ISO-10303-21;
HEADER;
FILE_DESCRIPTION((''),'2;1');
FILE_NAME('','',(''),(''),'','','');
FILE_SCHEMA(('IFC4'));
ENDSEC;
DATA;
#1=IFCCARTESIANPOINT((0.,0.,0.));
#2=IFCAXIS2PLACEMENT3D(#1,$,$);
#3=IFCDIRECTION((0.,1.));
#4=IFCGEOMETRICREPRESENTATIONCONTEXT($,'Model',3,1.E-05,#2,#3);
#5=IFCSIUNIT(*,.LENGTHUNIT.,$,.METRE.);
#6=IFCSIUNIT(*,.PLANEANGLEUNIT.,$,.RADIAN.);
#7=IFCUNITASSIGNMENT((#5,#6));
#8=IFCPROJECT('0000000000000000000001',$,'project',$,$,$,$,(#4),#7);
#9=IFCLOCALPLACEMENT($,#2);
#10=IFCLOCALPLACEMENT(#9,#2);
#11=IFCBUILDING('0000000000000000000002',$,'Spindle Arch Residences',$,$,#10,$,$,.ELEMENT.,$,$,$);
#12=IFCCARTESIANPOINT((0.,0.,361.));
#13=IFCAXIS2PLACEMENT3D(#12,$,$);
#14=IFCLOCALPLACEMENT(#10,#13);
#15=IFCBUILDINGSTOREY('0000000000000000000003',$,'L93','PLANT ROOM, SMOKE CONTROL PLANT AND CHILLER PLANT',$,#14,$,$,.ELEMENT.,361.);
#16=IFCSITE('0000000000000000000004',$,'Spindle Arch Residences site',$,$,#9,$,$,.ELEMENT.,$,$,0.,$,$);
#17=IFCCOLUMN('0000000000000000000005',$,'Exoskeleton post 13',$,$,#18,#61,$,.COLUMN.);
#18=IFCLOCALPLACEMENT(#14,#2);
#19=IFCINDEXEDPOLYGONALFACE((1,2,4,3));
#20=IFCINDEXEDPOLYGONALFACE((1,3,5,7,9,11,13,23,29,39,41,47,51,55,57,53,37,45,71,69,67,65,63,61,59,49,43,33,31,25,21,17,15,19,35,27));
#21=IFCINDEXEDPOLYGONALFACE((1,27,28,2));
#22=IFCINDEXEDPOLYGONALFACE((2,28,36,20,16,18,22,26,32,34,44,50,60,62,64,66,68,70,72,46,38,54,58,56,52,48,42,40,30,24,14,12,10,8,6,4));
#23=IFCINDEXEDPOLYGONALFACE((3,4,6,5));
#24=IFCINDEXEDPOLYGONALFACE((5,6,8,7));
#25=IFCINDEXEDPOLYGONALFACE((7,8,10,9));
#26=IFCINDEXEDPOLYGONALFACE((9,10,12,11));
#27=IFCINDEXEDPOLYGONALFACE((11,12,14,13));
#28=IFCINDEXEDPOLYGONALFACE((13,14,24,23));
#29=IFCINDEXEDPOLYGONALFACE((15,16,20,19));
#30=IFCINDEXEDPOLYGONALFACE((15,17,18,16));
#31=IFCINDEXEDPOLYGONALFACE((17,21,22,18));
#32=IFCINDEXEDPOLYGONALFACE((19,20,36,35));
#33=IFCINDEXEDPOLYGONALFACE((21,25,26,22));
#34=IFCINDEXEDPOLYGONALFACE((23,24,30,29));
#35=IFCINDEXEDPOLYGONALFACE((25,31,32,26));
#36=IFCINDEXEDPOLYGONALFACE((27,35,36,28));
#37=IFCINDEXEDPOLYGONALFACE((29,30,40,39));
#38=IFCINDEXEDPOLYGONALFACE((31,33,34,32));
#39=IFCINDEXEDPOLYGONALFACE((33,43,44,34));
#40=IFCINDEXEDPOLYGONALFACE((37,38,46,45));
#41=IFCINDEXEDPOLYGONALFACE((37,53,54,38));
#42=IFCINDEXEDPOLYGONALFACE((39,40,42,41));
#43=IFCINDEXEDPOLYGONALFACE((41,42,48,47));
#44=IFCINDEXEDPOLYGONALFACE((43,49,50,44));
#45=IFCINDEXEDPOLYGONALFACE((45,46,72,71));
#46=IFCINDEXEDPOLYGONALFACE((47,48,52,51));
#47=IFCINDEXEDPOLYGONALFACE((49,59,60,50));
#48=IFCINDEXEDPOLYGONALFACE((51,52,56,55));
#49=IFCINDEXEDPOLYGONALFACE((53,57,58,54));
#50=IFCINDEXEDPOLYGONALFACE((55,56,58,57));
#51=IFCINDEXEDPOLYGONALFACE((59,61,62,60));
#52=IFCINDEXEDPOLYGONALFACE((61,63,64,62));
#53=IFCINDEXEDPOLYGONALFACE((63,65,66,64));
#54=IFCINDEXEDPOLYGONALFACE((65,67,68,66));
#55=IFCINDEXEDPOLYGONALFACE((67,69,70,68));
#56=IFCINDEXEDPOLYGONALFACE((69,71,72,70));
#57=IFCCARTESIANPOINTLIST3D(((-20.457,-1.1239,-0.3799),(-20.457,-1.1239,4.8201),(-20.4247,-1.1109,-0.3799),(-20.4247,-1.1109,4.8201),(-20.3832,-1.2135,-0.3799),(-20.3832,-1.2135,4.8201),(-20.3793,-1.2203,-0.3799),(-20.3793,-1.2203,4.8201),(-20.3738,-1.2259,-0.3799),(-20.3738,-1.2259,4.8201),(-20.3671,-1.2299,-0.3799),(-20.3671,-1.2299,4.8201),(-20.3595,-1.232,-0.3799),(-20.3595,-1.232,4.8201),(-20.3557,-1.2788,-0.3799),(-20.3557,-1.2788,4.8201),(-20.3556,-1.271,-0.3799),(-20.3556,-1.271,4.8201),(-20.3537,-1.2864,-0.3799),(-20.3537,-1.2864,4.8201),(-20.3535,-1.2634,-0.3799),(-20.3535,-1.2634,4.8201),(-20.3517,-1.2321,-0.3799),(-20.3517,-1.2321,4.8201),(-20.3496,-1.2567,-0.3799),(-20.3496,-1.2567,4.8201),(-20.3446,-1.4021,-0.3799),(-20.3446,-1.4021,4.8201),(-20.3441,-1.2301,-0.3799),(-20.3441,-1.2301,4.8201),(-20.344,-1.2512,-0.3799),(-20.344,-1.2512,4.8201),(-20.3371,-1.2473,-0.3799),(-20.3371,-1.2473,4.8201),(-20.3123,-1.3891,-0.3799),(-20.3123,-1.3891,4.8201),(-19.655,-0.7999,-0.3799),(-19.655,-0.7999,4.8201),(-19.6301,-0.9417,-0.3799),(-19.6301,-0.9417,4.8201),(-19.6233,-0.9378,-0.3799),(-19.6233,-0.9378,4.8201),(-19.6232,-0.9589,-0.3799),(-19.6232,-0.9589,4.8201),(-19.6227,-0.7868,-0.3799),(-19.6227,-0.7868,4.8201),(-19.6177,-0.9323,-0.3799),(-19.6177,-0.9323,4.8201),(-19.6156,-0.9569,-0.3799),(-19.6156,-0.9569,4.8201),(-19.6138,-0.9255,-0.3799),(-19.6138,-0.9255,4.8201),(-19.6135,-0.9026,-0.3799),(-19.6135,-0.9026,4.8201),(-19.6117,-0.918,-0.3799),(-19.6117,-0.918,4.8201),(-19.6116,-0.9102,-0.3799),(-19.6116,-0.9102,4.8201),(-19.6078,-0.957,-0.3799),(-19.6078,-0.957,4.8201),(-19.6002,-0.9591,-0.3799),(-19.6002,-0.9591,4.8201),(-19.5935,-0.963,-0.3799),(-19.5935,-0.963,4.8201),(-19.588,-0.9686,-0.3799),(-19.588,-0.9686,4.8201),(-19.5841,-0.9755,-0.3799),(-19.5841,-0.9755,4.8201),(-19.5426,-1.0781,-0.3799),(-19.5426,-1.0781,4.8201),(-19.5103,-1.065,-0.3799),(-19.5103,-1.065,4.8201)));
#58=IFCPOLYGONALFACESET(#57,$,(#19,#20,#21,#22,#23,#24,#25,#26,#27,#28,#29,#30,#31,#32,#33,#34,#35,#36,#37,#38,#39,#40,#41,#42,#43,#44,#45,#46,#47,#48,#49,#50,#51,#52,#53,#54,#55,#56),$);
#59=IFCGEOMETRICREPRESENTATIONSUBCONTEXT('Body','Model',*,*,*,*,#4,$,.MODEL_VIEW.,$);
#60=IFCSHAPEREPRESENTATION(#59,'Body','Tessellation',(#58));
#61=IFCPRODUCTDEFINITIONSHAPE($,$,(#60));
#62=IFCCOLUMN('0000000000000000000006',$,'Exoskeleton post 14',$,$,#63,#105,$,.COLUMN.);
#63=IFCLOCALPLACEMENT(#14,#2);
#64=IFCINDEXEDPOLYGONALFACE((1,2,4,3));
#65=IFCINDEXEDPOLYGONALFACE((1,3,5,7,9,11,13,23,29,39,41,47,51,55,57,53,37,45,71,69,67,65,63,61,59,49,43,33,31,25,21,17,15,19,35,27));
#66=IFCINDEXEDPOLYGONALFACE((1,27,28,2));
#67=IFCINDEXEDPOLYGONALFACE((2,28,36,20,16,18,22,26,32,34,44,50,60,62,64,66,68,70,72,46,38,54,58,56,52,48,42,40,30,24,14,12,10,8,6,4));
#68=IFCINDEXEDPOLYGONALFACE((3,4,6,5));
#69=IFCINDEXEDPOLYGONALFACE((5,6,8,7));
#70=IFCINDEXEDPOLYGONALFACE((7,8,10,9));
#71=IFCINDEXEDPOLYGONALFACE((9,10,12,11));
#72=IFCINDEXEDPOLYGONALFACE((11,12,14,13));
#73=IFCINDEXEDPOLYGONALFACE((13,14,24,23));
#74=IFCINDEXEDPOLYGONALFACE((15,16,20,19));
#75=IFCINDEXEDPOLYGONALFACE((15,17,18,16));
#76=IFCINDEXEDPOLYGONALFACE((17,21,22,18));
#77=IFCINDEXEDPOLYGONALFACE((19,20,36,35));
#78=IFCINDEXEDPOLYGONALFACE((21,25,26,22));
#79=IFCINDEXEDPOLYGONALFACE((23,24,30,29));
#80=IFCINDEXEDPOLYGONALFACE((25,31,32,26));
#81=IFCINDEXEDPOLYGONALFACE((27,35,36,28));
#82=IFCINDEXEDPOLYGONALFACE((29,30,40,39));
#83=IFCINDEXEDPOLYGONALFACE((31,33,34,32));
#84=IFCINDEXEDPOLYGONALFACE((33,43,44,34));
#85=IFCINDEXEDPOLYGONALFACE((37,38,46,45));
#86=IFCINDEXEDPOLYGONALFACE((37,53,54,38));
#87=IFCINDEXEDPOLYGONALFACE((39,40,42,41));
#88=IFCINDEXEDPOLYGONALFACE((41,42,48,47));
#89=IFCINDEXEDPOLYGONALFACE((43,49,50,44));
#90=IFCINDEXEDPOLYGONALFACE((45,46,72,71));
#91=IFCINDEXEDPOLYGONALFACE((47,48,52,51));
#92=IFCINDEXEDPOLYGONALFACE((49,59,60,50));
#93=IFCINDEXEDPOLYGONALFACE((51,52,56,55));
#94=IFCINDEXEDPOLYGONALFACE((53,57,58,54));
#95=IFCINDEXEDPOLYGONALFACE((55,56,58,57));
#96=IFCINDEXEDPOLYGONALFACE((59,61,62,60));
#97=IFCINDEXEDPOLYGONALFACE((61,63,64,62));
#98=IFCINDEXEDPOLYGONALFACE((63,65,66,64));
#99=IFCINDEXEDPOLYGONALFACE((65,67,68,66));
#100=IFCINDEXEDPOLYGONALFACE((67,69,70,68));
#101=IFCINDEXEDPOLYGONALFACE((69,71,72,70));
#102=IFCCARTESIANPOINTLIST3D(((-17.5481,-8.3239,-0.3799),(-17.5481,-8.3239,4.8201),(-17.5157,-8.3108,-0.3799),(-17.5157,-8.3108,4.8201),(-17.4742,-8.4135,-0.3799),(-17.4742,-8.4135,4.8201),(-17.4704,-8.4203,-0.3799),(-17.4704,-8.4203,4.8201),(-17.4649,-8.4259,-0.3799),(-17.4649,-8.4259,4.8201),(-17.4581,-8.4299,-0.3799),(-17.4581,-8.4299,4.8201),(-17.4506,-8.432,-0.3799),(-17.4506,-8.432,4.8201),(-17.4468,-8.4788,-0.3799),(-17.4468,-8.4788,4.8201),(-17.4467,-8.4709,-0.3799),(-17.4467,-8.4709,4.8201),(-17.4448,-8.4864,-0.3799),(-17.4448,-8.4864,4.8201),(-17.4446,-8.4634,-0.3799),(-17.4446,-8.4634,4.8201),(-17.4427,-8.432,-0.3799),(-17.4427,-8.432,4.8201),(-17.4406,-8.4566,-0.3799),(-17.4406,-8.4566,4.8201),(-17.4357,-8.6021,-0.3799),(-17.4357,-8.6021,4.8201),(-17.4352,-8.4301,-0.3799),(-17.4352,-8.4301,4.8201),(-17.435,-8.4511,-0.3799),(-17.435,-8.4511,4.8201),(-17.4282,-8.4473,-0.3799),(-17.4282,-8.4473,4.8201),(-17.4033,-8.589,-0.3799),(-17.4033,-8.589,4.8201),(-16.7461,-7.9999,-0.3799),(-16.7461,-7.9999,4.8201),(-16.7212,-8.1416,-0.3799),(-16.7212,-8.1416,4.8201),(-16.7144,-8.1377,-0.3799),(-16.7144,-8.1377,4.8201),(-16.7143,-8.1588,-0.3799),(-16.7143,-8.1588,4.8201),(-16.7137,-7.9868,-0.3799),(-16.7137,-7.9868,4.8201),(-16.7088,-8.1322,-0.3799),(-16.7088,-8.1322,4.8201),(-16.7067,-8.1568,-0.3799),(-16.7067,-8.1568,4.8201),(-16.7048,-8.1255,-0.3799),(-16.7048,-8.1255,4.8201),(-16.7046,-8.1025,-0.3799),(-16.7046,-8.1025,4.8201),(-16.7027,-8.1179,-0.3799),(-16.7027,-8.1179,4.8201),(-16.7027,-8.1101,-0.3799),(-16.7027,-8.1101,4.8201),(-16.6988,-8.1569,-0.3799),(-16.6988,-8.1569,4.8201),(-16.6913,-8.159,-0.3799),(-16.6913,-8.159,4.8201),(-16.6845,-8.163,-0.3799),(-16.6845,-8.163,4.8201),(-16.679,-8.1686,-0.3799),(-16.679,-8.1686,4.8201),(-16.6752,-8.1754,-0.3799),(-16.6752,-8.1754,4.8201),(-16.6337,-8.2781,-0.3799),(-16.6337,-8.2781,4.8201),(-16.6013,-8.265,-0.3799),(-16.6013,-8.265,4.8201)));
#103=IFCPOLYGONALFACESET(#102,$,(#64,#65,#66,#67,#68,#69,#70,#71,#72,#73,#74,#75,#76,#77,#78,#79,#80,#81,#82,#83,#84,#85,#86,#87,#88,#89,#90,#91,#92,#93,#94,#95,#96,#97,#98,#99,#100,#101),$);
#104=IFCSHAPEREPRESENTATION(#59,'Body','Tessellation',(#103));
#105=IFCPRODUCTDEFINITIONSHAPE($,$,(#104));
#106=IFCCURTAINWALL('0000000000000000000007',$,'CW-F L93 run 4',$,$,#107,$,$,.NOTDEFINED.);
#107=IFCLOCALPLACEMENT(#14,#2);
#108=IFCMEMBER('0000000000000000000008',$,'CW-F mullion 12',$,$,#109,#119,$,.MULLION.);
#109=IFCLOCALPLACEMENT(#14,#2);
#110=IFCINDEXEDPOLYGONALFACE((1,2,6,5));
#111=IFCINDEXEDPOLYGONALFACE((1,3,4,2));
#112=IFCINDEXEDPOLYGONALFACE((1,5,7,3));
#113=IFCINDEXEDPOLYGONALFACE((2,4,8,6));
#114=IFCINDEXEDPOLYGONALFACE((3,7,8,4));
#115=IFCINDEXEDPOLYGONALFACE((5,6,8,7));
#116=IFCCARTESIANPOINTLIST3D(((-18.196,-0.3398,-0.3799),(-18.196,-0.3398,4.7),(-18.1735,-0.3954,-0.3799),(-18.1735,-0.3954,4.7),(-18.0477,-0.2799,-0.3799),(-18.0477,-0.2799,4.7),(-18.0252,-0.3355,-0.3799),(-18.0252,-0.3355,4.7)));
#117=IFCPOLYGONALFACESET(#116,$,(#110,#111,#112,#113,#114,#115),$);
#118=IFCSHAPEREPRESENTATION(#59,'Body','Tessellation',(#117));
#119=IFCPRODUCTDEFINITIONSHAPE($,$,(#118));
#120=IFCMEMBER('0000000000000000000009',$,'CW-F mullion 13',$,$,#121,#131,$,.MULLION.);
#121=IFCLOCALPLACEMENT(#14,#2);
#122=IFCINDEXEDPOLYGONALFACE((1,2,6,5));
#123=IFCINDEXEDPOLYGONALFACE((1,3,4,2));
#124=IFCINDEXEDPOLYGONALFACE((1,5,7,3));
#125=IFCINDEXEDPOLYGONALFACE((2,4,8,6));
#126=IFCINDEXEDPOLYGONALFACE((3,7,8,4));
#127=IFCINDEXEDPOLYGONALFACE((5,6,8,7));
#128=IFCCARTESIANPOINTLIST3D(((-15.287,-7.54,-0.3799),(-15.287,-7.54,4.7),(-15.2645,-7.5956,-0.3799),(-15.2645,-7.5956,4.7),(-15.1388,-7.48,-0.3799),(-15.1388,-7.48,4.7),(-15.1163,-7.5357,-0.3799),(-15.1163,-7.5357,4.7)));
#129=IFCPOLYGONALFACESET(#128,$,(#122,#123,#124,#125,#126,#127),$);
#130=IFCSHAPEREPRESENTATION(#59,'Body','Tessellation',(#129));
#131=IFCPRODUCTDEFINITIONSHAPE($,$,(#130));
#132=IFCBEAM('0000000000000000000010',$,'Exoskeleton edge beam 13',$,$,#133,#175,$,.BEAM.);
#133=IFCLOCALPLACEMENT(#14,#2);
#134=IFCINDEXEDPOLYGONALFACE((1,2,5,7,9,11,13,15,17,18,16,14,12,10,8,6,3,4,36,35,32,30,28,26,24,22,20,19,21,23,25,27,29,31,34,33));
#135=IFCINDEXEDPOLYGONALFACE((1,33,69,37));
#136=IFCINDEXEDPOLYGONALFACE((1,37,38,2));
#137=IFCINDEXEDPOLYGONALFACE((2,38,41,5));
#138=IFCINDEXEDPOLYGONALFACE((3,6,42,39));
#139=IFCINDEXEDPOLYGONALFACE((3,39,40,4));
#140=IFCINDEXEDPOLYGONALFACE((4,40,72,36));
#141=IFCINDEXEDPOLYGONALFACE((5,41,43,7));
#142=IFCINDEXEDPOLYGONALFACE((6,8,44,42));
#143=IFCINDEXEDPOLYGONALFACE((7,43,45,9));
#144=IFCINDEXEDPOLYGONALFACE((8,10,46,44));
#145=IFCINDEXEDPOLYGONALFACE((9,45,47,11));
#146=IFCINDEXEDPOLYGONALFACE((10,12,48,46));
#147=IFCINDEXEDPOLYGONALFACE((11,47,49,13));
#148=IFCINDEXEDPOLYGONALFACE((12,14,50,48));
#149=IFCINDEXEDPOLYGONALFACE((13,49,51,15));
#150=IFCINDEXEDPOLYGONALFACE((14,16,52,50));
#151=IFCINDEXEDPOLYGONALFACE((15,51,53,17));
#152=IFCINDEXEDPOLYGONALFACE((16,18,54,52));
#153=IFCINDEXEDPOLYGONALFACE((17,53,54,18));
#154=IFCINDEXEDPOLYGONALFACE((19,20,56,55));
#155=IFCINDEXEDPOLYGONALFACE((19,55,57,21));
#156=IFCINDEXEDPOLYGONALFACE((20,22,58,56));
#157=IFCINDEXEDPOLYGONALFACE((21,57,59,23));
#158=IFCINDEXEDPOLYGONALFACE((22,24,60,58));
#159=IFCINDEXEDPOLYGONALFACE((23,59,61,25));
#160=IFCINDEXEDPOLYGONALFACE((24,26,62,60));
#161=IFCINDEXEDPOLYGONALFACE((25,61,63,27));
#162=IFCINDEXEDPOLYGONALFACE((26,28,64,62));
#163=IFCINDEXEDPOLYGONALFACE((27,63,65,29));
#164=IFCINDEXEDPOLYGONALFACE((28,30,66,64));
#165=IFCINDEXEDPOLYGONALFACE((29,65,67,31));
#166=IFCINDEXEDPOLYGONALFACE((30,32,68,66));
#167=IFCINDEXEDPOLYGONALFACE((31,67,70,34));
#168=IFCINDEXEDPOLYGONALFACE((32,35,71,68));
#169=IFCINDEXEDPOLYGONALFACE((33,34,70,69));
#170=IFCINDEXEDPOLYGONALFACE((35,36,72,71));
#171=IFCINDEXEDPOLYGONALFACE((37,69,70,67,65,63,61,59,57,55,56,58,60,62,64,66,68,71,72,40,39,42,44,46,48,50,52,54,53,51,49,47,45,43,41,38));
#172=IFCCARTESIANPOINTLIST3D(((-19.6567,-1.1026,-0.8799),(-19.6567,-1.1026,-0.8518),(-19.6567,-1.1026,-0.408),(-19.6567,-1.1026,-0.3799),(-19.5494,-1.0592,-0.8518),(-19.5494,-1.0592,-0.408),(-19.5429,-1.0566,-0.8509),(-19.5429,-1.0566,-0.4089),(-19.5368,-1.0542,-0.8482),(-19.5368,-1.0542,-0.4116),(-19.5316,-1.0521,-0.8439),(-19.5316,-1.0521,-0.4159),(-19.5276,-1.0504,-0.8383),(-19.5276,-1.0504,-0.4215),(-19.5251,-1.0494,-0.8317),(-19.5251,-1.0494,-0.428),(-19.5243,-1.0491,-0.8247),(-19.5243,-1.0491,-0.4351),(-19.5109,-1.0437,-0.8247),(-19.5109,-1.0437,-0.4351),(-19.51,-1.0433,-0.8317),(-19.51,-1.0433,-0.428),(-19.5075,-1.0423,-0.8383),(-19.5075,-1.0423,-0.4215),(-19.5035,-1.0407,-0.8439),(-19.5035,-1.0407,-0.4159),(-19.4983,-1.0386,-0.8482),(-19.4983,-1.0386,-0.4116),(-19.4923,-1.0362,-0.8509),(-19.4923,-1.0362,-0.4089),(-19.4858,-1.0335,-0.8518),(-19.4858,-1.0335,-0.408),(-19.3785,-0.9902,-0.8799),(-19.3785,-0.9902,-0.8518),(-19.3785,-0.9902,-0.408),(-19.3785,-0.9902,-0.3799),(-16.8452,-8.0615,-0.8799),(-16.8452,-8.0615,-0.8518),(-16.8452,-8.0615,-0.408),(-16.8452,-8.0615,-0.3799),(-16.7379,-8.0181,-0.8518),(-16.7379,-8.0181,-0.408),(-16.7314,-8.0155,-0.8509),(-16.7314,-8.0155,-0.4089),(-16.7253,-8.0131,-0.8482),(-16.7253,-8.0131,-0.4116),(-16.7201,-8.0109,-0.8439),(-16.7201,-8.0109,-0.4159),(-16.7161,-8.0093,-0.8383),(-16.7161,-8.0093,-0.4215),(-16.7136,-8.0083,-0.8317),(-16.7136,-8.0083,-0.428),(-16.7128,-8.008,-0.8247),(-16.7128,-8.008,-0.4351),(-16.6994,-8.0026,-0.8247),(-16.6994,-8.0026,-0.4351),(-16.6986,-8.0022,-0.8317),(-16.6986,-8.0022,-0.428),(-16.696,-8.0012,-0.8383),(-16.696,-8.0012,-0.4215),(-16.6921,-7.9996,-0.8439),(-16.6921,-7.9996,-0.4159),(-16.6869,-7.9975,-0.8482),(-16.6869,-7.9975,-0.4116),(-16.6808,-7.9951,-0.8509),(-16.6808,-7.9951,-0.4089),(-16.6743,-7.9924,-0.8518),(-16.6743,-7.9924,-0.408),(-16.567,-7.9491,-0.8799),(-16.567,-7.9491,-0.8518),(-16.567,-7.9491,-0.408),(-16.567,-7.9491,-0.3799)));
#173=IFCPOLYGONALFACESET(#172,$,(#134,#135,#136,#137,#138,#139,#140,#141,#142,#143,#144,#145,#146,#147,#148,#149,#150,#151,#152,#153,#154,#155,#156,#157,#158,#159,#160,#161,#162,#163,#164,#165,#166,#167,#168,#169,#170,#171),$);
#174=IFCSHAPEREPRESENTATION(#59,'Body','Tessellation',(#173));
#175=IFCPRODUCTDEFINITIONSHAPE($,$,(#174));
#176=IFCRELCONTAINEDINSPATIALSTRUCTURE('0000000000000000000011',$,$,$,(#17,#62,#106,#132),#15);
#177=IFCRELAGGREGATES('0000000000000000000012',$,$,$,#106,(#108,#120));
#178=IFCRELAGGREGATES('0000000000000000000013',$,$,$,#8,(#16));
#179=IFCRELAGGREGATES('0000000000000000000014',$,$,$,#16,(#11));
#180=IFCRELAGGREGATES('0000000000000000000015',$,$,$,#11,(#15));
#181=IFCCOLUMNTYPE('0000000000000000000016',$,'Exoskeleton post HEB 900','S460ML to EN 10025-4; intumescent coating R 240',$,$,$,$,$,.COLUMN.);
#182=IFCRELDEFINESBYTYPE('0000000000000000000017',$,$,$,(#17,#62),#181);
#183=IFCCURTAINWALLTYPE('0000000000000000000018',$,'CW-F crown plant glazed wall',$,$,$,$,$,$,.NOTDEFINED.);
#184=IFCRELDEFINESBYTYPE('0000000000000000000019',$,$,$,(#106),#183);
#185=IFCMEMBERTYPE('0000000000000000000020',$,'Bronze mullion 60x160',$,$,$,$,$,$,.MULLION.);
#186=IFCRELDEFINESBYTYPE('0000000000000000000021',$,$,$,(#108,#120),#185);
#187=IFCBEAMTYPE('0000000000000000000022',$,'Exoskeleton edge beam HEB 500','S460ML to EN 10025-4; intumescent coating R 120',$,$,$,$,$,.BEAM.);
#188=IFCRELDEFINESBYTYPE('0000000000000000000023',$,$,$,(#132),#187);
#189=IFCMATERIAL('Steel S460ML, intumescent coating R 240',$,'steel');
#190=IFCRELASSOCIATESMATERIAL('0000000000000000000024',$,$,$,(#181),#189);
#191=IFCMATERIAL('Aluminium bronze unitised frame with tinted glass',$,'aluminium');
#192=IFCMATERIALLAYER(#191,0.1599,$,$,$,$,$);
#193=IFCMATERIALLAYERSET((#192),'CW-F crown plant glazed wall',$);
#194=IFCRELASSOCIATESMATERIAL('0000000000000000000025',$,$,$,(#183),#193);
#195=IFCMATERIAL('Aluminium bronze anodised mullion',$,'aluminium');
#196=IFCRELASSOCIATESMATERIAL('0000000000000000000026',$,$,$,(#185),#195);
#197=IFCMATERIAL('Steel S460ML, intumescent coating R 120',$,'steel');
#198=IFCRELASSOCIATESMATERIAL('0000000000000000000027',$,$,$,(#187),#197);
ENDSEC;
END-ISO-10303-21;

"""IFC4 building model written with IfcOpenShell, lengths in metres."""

from ifc_helpers import new_model, si_unit, direction, frame, origin, origin_2d, place, context, subcontext, project, spatial, rectangle, i_section, extrude, material, layer, layer_set, material_profile, profile_set, type_object, element, aggregate, save


model = new_model("IFC4")

# Units and contexts
model_context = context("Model", 3, precision=1e-05, world=origin(), true_north=direction((0.0, 1.0)))
body_context = subcontext(model_context, "Body", "Model", "MODEL_VIEW")
ifc_project = project(units=[si_unit("LENGTHUNIT", "METRE"), si_unit("PLANEANGLEUNIT", "RADIAN")], contexts=[model_context])

# Site, building, storey
site_placement = place(None, origin())
site = spatial("IfcSite", under=ifc_project, at=site_placement, Name="Spindle Arch Residences site", CompositionType="ELEMENT", RefElevation=0.0)
building_placement = place(site_placement, origin())
building = spatial("IfcBuilding", under=site, at=building_placement, Name="Spindle Arch Residences", CompositionType="ELEMENT")
storey_placement = place(building_placement, frame((0.0, 0.0, 361.0)))
storey = spatial("IfcBuildingStorey", under=building, at=storey_placement, Name="L93", Description="PLANT ROOM, SMOKE CONTROL PLANT AND CHILLER PLANT", CompositionType="ELEMENT", Elevation=361.0)

# Columns
ifc_material_1 = material(Name="Steel S460ML, intumescent coating R 240", Category="steel")
ifc_material_profile_1 = material_profile(ifc_material_1, i_section(OverallWidth=0.3, OverallDepth=0.8999, WebThickness=0.0186, FlangeThickness=0.0349, FilletRadius=0.03, at=origin_2d()), Name="HEB 900")
ifc_profile_set_1 = profile_set([ifc_material_profile_1], Name="Steel S460ML, intumescent coating R 240")
column_type = type_object("IfcColumnType", Name="Exoskeleton post HEB 900", Description="S460ML to EN 10025-4; intumescent coating R 240", PredefinedType="COLUMN", material=ifc_profile_set_1)
for number, where, z_axis, x_axis, name in (
    (1, (-19.9836, -1.0945, -0.3799), (0.0, 0.0, 1.0), (-0.374607, 0.927184, 0.0), "Exoskeleton post 13"),
    (2, (-17.0747, -8.2944, -0.3799), (0.0, 0.0, 1.0), (-0.374607, 0.927184, 0.0), "Exoskeleton post 14"),
):
    element("IfcColumn", number, at=place(storey_placement, frame(where, z_axis=z_axis, x_axis=x_axis)), inside=storey, type_object=column_type, Name=name, PredefinedType="COLUMN", context=body_context, shape_type="SweptSolid", body=[
        extrude(i_section(OverallWidth=0.3, OverallDepth=0.8999, WebThickness=0.0186, FlangeThickness=0.0349, FilletRadius=0.03, at=origin_2d()), origin(), (0.0, 0.0, 1.0), 5.2),
    ])

# Curtain wall, members
ifc_material_2 = material(Name="Aluminium bronze unitised frame with tinted glass", Category="aluminium")
ifc_layer_1 = layer(ifc_material_2, 0.1599)
ifc_layer_set_1 = layer_set([ifc_layer_1], Name="CW-F crown plant glazed wall")
curtain_wall_type = type_object("IfcCurtainWallType", Name="CW-F crown plant glazed wall", PredefinedType="NOTDEFINED", material=ifc_layer_set_1)
curtain_wall_placement = place(storey_placement, origin())
curtain_wall = element("IfcCurtainWall", 3, at=curtain_wall_placement, inside=storey, type_object=curtain_wall_type, Name="CW-F L93 run 4", PredefinedType="NOTDEFINED")
ifc_material_3 = material(Name="Aluminium bronze anodised mullion", Category="aluminium")
ifc_material_profile_2 = material_profile(ifc_material_3, rectangle(XDim=0.1599, YDim=0.0601, at=origin_2d()), Name="MU 60x160")
ifc_profile_set_2 = profile_set([ifc_material_profile_2], Name="Aluminium bronze anodised mullion")
member_type = type_object("IfcMemberType", Name="Bronze mullion 60x160", PredefinedType="MULLION", material=ifc_profile_set_2)
member_1_placement = place(storey_placement, frame((-18.1106, -0.3376, -0.3799), z_axis=(0.0, 0.0, 1.0), x_axis=(0.927184, 0.374607, 0.0)))
member_1 = element("IfcMember", 4, at=member_1_placement, type_object=member_type, Name="CW-F mullion 12", PredefinedType="MULLION", context=body_context, shape_type="SweptSolid", body=[
    extrude(rectangle(XDim=0.1599, YDim=0.0601, at=origin_2d()), origin(), (0.0, 0.0, 1.0), 5.0798),
])
member_2_placement = place(storey_placement, frame((-15.2017, -7.5378, -0.3799), z_axis=(0.0, 0.0, 1.0), x_axis=(0.927184, 0.374607, 0.0)))
member_2 = element("IfcMember", 5, at=member_2_placement, type_object=member_type, Name="CW-F mullion 13", PredefinedType="MULLION", context=body_context, shape_type="SweptSolid", body=[
    extrude(rectangle(XDim=0.1599, YDim=0.0601, at=origin_2d()), origin(), (0.0, 0.0, 1.0), 5.0798),
])

# Beam
ifc_material_4 = material(Name="Steel S460ML, intumescent coating R 120", Category="steel")
ifc_material_profile_3 = material_profile(ifc_material_4, i_section(OverallWidth=0.3, OverallDepth=0.5, WebThickness=0.0144, FlangeThickness=0.0281, FilletRadius=0.0271, at=origin_2d()), Name="HEB 500")
ifc_profile_set_3 = profile_set([ifc_material_profile_3], Name="Steel S460ML, intumescent coating R 120")
beam_type_1 = type_object("IfcBeamType", Name="Exoskeleton edge beam HEB 500", Description="S460ML to EN 10025-4; intumescent coating R 120", PredefinedType="BEAM", material=ifc_profile_set_3)
for number, where, z_axis, x_axis, name in (
    (6, (-19.5176, -1.0464, -0.6299), (0.374596, -0.927188, 0.0), (0.927188, 0.374596, 0.0), "Exoskeleton edge beam 13"),
):
    element("IfcBeam", number, at=place(storey_placement, frame(where, z_axis=z_axis, x_axis=x_axis)), inside=storey, type_object=beam_type_1, Name=name, PredefinedType="BEAM", context=body_context, shape_type="SweptSolid", body=[
        extrude(i_section(OverallWidth=0.3, OverallDepth=0.5, WebThickness=0.0144, FlangeThickness=0.0281, FilletRadius=0.0271, at=origin_2d()), origin(), (0.0, 0.0, 1.0), 7.5054),
    ])

aggregate(curtain_wall, [member_1, member_2])

save(model, "model.ifc")
